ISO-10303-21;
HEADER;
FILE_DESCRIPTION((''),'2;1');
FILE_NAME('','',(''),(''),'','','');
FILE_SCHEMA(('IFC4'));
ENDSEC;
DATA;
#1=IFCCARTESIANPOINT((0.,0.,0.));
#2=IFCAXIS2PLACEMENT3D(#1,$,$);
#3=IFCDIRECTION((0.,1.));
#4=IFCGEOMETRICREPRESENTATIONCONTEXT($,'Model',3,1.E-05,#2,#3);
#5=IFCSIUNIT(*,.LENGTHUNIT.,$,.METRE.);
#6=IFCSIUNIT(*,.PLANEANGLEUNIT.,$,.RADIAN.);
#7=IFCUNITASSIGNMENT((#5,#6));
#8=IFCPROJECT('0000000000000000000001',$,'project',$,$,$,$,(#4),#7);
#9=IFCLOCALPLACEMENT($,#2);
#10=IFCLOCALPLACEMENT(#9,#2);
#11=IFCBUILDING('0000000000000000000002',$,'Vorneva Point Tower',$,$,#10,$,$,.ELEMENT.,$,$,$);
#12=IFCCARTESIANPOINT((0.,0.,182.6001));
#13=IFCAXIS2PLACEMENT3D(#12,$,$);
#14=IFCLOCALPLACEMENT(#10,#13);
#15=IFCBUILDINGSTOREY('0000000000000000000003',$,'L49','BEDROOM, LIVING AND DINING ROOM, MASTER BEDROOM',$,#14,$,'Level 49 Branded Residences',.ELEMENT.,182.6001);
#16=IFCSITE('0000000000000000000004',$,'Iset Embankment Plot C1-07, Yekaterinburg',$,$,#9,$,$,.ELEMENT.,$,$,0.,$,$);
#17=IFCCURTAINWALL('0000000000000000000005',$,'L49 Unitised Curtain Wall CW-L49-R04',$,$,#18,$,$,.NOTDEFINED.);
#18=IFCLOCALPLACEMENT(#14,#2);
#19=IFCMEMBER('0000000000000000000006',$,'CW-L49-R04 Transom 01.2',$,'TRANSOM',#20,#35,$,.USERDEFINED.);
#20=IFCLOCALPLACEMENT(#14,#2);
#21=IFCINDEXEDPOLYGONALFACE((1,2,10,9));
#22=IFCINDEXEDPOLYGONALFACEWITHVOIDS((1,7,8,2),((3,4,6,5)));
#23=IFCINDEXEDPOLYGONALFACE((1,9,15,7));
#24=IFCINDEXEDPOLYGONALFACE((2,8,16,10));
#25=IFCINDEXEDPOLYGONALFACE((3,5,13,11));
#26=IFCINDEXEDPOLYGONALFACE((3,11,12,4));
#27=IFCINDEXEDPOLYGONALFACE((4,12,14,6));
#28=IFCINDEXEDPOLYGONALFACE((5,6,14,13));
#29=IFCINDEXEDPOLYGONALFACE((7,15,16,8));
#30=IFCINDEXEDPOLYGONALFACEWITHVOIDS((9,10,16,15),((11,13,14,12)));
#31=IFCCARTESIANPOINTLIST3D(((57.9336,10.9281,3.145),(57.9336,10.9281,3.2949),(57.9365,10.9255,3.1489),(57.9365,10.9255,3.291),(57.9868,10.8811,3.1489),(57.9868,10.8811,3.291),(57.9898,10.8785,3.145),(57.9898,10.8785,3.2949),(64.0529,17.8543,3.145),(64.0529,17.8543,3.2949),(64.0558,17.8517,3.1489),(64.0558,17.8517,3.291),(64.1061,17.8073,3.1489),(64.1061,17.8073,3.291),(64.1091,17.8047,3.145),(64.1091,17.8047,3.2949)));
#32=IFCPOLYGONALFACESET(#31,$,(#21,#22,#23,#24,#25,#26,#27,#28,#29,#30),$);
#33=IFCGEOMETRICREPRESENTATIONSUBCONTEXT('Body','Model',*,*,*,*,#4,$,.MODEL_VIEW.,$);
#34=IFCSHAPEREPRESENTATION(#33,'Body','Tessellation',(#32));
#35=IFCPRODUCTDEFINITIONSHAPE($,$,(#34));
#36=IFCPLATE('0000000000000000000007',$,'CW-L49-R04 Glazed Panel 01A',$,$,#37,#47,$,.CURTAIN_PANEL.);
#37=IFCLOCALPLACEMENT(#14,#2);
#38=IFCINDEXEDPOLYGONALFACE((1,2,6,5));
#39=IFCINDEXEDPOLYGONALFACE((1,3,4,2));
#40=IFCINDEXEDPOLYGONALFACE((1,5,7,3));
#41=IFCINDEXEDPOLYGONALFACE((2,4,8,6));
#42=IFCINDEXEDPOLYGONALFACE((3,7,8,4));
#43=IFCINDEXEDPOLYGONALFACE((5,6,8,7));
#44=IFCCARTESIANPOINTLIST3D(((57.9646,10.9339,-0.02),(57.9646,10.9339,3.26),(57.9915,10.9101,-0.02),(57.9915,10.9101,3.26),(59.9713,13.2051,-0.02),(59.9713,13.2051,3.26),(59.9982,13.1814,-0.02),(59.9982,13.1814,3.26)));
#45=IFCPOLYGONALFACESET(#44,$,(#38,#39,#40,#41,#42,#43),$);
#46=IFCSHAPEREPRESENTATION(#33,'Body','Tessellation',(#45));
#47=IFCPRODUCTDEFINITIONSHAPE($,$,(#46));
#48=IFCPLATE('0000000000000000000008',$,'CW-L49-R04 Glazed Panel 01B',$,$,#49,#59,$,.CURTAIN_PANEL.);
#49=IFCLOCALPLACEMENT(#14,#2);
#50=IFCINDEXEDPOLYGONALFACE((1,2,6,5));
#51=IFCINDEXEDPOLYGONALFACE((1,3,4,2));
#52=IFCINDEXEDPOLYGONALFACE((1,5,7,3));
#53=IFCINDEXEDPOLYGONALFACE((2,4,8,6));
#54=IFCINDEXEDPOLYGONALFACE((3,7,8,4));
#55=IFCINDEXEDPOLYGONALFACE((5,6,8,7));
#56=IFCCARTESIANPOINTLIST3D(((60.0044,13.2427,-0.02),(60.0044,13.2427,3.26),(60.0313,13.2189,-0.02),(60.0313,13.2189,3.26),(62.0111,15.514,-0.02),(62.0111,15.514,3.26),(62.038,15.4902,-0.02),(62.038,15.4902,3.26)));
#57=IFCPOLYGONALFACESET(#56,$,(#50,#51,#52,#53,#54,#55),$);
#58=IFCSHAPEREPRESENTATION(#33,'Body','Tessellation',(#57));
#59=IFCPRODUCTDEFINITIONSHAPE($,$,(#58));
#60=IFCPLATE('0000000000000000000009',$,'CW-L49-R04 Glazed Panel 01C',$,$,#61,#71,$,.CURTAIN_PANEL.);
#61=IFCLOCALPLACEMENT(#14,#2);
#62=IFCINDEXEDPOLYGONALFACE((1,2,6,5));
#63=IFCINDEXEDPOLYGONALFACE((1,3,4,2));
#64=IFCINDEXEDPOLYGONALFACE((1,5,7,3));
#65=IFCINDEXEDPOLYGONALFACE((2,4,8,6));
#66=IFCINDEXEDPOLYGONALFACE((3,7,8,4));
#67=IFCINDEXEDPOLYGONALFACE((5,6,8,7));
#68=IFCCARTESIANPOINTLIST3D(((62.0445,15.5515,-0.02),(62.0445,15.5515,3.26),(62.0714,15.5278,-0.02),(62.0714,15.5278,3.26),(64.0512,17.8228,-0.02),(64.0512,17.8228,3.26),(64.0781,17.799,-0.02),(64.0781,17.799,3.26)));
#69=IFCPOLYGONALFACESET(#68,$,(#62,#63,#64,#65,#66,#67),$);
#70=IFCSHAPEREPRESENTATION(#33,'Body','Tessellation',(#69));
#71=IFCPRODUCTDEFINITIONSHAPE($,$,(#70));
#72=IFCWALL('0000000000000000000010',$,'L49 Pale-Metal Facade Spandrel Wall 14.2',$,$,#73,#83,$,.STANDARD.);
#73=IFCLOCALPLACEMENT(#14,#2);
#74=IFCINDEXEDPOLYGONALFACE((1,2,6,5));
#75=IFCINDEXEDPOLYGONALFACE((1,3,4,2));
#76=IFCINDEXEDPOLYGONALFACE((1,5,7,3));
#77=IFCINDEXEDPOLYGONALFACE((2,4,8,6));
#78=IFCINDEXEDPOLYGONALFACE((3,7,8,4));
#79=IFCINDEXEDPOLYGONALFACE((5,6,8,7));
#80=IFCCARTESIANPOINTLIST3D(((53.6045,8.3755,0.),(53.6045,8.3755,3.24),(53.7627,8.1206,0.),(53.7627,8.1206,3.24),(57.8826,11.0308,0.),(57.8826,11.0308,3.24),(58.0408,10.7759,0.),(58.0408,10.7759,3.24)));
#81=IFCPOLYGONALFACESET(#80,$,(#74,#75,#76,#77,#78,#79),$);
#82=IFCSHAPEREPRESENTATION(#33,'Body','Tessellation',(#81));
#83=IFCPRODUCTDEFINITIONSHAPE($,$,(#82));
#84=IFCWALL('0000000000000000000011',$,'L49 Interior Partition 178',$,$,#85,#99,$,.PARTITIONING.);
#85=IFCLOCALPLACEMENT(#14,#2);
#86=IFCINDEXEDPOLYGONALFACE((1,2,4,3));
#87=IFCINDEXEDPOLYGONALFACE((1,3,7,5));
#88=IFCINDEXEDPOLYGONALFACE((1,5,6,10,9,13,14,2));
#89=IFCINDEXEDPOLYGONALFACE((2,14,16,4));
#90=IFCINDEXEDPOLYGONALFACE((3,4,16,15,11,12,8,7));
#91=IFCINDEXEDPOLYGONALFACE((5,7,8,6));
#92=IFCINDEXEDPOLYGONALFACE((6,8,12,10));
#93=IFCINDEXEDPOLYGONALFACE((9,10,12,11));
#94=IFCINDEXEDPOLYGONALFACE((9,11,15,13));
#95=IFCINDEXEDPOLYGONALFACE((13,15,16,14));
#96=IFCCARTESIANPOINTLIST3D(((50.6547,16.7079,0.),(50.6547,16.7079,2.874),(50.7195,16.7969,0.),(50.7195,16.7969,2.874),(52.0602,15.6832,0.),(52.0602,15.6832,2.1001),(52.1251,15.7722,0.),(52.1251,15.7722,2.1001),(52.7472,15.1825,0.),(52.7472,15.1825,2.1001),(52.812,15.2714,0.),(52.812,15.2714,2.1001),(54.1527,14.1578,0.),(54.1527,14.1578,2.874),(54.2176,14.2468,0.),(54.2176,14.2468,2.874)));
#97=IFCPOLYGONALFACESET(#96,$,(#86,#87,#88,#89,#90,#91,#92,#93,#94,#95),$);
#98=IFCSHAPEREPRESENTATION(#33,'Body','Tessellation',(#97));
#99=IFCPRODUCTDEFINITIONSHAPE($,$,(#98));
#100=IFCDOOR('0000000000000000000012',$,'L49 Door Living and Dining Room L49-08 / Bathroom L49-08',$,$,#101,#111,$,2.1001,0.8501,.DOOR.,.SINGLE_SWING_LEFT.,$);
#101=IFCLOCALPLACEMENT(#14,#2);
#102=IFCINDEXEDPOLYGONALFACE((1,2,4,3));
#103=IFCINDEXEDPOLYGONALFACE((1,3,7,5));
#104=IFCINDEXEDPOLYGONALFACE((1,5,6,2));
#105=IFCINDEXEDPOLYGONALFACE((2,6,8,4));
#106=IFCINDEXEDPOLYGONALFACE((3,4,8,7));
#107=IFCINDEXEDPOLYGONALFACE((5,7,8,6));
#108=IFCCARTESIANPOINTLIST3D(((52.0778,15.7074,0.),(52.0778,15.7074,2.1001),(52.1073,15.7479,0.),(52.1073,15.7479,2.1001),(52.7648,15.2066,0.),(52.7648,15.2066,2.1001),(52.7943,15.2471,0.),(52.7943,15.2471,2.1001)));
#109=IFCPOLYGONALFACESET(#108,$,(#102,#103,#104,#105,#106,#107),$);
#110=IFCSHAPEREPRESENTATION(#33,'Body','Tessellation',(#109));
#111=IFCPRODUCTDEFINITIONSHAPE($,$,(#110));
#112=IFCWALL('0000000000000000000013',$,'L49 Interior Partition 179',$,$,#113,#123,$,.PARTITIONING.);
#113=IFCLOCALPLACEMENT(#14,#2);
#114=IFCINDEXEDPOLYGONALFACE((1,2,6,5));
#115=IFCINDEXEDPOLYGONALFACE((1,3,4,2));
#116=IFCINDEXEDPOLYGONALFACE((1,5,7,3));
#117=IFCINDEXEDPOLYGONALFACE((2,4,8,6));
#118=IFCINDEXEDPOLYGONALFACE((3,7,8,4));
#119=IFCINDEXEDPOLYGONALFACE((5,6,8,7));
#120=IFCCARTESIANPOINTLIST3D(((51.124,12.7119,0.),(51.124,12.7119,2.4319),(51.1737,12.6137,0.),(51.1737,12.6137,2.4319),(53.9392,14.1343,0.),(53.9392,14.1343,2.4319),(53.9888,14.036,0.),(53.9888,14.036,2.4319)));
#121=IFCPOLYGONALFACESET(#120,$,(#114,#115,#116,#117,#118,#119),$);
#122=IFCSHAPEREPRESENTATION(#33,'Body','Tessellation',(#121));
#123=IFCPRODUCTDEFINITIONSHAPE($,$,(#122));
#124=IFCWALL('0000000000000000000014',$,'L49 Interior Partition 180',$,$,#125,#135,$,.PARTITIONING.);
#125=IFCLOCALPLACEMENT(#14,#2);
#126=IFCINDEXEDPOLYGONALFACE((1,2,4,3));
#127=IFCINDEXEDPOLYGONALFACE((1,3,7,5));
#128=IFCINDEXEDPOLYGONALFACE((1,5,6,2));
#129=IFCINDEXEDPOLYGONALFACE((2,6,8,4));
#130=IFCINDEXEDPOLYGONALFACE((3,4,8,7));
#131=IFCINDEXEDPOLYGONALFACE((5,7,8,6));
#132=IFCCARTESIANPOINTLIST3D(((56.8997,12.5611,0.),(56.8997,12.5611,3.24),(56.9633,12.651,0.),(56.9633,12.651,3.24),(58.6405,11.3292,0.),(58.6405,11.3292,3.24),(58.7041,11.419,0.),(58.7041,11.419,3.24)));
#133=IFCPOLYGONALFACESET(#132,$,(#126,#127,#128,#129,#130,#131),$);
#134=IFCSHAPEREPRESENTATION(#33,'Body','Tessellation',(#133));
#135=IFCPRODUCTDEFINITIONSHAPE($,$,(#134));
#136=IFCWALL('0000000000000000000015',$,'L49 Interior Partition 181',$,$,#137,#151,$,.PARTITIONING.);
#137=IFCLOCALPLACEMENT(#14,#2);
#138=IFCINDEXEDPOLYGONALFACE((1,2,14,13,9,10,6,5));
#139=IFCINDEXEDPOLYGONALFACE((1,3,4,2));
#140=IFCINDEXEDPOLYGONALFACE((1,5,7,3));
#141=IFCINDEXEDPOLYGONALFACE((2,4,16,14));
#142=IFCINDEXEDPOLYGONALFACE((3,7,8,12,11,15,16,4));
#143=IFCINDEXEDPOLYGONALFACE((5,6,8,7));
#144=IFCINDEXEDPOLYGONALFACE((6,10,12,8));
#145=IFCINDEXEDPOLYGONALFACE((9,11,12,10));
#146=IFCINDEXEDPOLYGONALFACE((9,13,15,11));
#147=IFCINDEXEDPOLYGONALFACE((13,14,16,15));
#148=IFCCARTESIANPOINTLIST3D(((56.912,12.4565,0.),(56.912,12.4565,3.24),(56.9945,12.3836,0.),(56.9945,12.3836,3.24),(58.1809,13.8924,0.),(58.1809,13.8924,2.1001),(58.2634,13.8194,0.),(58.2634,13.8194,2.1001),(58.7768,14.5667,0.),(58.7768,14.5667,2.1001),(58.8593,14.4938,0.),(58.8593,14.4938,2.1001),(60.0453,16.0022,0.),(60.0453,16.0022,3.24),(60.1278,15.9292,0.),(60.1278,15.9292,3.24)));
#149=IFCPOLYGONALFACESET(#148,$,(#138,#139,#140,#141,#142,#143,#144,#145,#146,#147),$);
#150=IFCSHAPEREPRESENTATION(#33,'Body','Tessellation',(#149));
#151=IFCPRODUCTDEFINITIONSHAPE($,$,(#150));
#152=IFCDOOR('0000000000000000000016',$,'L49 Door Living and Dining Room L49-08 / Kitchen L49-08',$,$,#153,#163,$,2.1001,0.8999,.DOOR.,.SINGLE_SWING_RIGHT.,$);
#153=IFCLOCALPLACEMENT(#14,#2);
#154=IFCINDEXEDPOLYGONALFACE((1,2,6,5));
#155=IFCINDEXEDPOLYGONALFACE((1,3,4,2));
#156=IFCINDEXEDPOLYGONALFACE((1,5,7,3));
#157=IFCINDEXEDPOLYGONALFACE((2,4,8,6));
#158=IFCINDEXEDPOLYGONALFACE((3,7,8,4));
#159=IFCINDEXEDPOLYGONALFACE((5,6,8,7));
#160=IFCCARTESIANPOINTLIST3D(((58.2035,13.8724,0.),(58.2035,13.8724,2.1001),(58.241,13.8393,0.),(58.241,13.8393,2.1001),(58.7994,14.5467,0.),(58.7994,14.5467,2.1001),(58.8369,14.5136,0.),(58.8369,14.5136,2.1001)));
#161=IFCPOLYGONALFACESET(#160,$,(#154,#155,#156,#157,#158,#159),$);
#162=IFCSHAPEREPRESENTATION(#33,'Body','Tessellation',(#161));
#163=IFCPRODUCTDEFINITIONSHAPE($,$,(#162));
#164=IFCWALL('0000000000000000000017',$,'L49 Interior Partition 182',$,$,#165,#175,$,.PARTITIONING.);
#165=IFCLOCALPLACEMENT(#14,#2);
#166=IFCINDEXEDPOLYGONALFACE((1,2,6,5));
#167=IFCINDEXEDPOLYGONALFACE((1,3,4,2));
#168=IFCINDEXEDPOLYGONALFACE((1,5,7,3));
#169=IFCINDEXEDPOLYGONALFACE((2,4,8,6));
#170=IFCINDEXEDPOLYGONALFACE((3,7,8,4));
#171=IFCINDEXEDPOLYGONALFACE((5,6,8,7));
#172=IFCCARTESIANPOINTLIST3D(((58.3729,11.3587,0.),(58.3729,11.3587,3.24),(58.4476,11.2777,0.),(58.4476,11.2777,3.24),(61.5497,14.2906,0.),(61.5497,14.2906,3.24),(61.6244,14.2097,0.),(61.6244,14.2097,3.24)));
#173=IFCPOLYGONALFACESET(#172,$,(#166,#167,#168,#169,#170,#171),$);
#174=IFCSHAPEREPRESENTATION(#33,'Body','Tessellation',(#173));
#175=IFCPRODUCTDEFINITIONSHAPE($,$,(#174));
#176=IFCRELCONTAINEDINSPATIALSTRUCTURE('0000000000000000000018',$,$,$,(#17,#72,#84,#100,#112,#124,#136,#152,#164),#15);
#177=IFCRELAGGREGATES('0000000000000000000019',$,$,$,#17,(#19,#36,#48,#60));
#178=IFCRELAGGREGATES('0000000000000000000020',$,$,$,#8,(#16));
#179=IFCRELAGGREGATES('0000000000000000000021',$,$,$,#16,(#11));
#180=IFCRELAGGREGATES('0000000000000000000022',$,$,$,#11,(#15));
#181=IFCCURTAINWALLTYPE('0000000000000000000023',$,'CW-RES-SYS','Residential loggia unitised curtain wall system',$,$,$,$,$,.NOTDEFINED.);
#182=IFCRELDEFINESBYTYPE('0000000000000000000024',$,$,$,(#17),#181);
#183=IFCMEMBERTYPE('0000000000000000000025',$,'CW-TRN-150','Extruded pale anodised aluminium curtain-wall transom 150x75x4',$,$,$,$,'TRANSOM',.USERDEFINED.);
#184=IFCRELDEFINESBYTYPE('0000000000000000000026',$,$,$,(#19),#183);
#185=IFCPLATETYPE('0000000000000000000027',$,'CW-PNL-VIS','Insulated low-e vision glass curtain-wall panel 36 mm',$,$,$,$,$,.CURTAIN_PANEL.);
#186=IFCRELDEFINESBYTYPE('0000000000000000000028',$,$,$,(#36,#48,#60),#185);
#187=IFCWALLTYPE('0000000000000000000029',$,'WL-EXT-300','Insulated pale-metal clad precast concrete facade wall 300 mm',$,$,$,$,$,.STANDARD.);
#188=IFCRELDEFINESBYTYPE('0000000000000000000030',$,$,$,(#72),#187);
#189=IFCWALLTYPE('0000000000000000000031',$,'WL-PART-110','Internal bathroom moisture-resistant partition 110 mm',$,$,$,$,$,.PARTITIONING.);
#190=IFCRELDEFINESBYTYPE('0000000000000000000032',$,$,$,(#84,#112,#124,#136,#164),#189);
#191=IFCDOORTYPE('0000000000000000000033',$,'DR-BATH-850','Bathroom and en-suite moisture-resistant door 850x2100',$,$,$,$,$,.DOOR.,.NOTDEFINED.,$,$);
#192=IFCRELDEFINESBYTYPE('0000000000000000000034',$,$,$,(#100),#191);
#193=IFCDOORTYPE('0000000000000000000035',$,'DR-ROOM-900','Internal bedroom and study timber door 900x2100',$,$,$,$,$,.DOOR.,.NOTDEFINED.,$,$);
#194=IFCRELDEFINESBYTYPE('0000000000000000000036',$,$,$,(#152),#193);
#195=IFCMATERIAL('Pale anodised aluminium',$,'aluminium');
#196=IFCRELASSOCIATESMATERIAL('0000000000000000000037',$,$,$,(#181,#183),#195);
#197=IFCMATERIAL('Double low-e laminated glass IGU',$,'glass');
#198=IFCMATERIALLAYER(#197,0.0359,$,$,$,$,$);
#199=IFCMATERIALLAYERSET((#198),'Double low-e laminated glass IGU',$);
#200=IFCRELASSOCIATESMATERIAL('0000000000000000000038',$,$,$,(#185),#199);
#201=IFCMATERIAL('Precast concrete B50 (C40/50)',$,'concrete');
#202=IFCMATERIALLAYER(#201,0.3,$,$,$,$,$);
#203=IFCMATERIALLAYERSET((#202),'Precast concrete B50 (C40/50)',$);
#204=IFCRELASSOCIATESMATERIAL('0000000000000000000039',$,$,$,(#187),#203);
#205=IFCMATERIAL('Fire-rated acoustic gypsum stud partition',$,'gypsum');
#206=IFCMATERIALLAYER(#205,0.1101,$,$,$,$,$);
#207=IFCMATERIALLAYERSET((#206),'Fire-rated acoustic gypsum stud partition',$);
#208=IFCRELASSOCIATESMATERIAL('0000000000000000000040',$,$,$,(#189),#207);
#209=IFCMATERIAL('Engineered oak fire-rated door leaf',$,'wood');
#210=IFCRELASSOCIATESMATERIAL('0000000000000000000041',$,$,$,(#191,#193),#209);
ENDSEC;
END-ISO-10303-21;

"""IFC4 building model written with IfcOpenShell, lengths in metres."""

from ifc_helpers import new_model, si_unit, direction, frame, frame_2d, origin, origin_2d, place, context, subcontext, project, spatial, rectangle, hollow_rectangle, extrude, material, layer, layer_set, material_profile, profile_set, type_object, element, fill, aggregate, save


model = new_model("IFC4")

# Units and contexts
model_context = context("Model", 3, precision=1e-05, world=origin(), true_north=direction((0.0, 1.0)))
body_context = subcontext(model_context, "Body", "Model", "MODEL_VIEW")
ifc_project = project(units=[si_unit("LENGTHUNIT", "METRE"), si_unit("PLANEANGLEUNIT", "RADIAN")], contexts=[model_context])

# Site, building, storey
site_placement = place(None, origin())
site = spatial("IfcSite", under=ifc_project, at=site_placement, Name="Iset Embankment Plot C1-07, Yekaterinburg", CompositionType="ELEMENT", RefElevation=0.0)
building_placement = place(site_placement, origin())
building = spatial("IfcBuilding", under=site, at=building_placement, Name="Vorneva Point Tower", CompositionType="ELEMENT")
storey_placement = place(building_placement, frame((0.0, 0.0, 182.6001)))
storey = spatial("IfcBuildingStorey", under=building, at=storey_placement, Name="L49", Description="BEDROOM, LIVING AND DINING ROOM, MASTER BEDROOM", LongName="Level 49 Branded Residences", CompositionType="ELEMENT", Elevation=182.6001)

# Shared definitions
ifc_material_1 = material(Name="Pale anodised aluminium", Category="aluminium")
curtain_wall_type = type_object("IfcCurtainWallType", Name="CW-RES-SYS", Description="Residential loggia unitised curtain wall system", PredefinedType="NOTDEFINED", material=ifc_material_1)

# Curtain wall, member, plates
curtain_wall_1_placement = place(storey_placement, origin())
curtain_wall_1 = element("IfcCurtainWall", 1, at=curtain_wall_1_placement, inside=storey, type_object=curtain_wall_type, Name="L49 Unitised Curtain Wall CW-L49-R04", PredefinedType="NOTDEFINED")
ifc_material_profile_1 = material_profile(ifc_material_1, hollow_rectangle(XDim=0.075, YDim=0.1499, WallThickness=0.0039, at=origin_2d()), Name="AL-TRN 150x75x4")
ifc_profile_set_1 = profile_set([ifc_material_profile_1], Name="Pale anodised aluminium")
member_type_1 = type_object("IfcMemberType", Name="CW-TRN-150", Description="Extruded pale anodised aluminium curtain-wall transom 150x75x4", ElementType="TRANSOM", PredefinedType="USERDEFINED", material=ifc_profile_set_1)
member_1_placement = place(storey_placement, frame((57.9617, 10.9033, 3.22), z_axis=(0.662106, 0.74941, 0.0), x_axis=(-0.74941, 0.662106, 0.0)))
member_1 = element("IfcMember", 2, at=member_1_placement, type_object=member_type_1, Name="CW-L49-R04 Transom 01.2", ObjectType="TRANSOM", PredefinedType="USERDEFINED", context=body_context, shape_type="SweptSolid", body=[
    extrude(hollow_rectangle(XDim=0.075, YDim=0.1499, WallThickness=0.0039, at=origin_2d()), origin(), (0.0, 0.0, 1.0), 9.2422),
])
ifc_material_2 = material(Name="Double low-e laminated glass IGU", Category="glass")
ifc_layer_1 = layer(ifc_material_2, 0.0359)
ifc_layer_set_1 = layer_set([ifc_layer_1], Name="Double low-e laminated glass IGU")
plate_type = type_object("IfcPlateType", Name="CW-PNL-VIS", Description="Insulated low-e vision glass curtain-wall panel 36 mm", PredefinedType="CURTAIN_PANEL", material=ifc_layer_set_1)
plate_1_placement = place(storey_placement, frame((58.9814, 12.0576, -0.02), z_axis=(0.0, 0.0, 1.0), x_axis=(0.66211, 0.749407, 0.0)))
plate_1 = element("IfcPlate", 3, at=plate_1_placement, type_object=plate_type, Name="CW-L49-R04 Glazed Panel 01A", PredefinedType="CURTAIN_PANEL", context=body_context, shape_type="SweptSolid", body=[
    extrude(rectangle(XDim=3.0308, YDim=0.0359, at=origin_2d()), origin(), (0.0, 0.0, 1.0), 3.28),
])
plate_2_placement = place(storey_placement, frame((61.0212, 14.3665, -0.02), z_axis=(0.0, 0.0, 1.0), x_axis=(0.66211, 0.749407, 0.0)))
plate_2 = element("IfcPlate", 4, at=plate_2_placement, type_object=plate_type, Name="CW-L49-R04 Glazed Panel 01B", PredefinedType="CURTAIN_PANEL", context=body_context, shape_type="SweptSolid", body=[
    extrude(rectangle(XDim=3.0308, YDim=0.0359, at=origin_2d()), origin(), (0.0, 0.0, 1.0), 3.28),
])
plate_3_placement = place(storey_placement, frame((63.0613, 16.6753, -0.02), z_axis=(0.0, 0.0, 1.0), x_axis=(0.66211, 0.749407, 0.0)))
plate_3 = element("IfcPlate", 5, at=plate_3_placement, type_object=plate_type, Name="CW-L49-R04 Glazed Panel 01C", PredefinedType="CURTAIN_PANEL", context=body_context, shape_type="SweptSolid", body=[
    extrude(rectangle(XDim=3.0308, YDim=0.0359, at=origin_2d()), origin(), (0.0, 0.0, 1.0), 3.28),
])
aggregate(curtain_wall_1, [member_1, plate_1, plate_2, plate_3])

# Wall
ifc_material_3 = material(Name="Precast concrete B50 (C40/50)", Category="concrete")
ifc_layer_2 = layer(ifc_material_3, 0.3)
ifc_layer_set_2 = layer_set([ifc_layer_2], Name="Precast concrete B50 (C40/50)")
wall_type_1 = type_object("IfcWallType", Name="WL-EXT-300", Description="Insulated pale-metal clad precast concrete facade wall 300 mm", PredefinedType="STANDARD", material=ifc_layer_set_2)
wall_1_placement = place(storey_placement, frame((53.6836, 8.248, 0.0), z_axis=(0.0, 0.0, 1.0), x_axis=(0.849648, 0.527351, 0.0)))
element("IfcWall", 6, at=wall_1_placement, inside=storey, type_object=wall_type_1, Name="L49 Pale-Metal Facade Spandrel Wall 14.2", PredefinedType="STANDARD", context=body_context, shape_type="SweptSolid", body=[
    extrude(rectangle(XDim=5.0352, YDim=0.3, at=frame_2d((2.5176, 0.0))), origin(), (0.0, 0.0, 1.0), 3.24),
])

# Wall, opening, door
ifc_material_4 = material(Name="Fire-rated acoustic gypsum stud partition", Category="gypsum")
ifc_layer_3 = layer(ifc_material_4, 0.1101)
ifc_layer_set_3 = layer_set([ifc_layer_3], Name="Fire-rated acoustic gypsum stud partition")
wall_type_2 = type_object("IfcWallType", Name="WL-PART-110", Description="Internal bathroom moisture-resistant partition 110 mm", PredefinedType="PARTITIONING", material=ifc_layer_set_3)
wall_2_placement = place(storey_placement, frame((50.687, 16.7524, 0.0), z_axis=(0.0, 0.0, 1.0), x_axis=(0.808075, -0.58908, 0.0)))
wall_2 = element("IfcWall", 7, at=wall_2_placement, inside=storey, type_object=wall_type_2, Name="L49 Interior Partition 178", PredefinedType="PARTITIONING", context=body_context, shape_type="SweptSolid", body=[
    extrude(rectangle(XDim=4.3289, YDim=0.1101, at=frame_2d((2.1646, 0.0))), origin(), (0.0, 0.0, 1.0), 2.874),
])
opening_1_placement = place(wall_2_placement, frame((1.7395, 0.0, 0.0)))
opening_1 = element("IfcOpeningElement", 8, at=opening_1_placement, cuts=wall_2, PredefinedType="OPENING", context=body_context, shape_type="SweptSolid", body=[
    extrude(rectangle(XDim=0.8501, YDim=2.1001, at=frame_2d((0.425, 1.05))), frame((0.0, 0.0698, 0.0), z_axis=(0.0, -1.0, 0.0), x_axis=(1.0, 0.0, 0.0)), (0.0, 0.0, 1.0), 0.1399),
])
ifc_material_5 = material(Name="Engineered oak fire-rated door leaf", Category="wood")
door_type_1 = type_object("IfcDoorType", Name="DR-BATH-850", Description="Bathroom and en-suite moisture-resistant door 850x2100", OperationType="NOTDEFINED", PredefinedType="DOOR", material=ifc_material_5)
door_1_placement = place(opening_1_placement, origin())
door_1 = element("IfcDoor", 9, at=door_1_placement, inside=storey, type_object=door_type_1, Name="L49 Door Living and Dining Room L49-08 / Bathroom L49-08", OperationType="SINGLE_SWING_LEFT", OverallHeight=2.1001, OverallWidth=0.8501, PredefinedType="DOOR", context=body_context, shape_type="SweptSolid", body=[
    extrude(rectangle(XDim=0.8501, YDim=2.1001, at=frame_2d((0.425, 1.05))), frame((0.0, 0.0249, 0.0), z_axis=(0.0, -1.0, 0.0), x_axis=(1.0, 0.0, 0.0)), (0.0, 0.0, 1.0), 0.05),
])
fill(opening_1, door_1)

# Walls
wall_3_placement = place(storey_placement, frame((53.9641, 14.0852, 0.0), z_axis=(0.0, 0.0, 1.0), x_axis=(-0.892546, -0.450956, 0.0)))
element("IfcWall", 10, at=wall_3_placement, inside=storey, type_object=wall_type_2, Name="L49 Interior Partition 179", PredefinedType="PARTITIONING", context=body_context, shape_type="SweptSolid", body=[
    extrude(rectangle(XDim=3.1541, YDim=0.1101, at=frame_2d((1.5771, 0.0))), origin(), (0.0, 0.0, 1.0), 2.4319),
])
wall_4_placement = place(storey_placement, frame((58.6724, 11.374, 0.0), z_axis=(0.0, 0.0, 1.0), x_axis=(-0.816263, 0.577681, 0.0)))
element("IfcWall", 11, at=wall_4_placement, inside=storey, type_object=wall_type_2, Name="L49 Interior Partition 180", PredefinedType="PARTITIONING", context=body_context, shape_type="SweptSolid", body=[
    extrude(rectangle(XDim=2.1326, YDim=0.1101, at=frame_2d((1.0664, 0.0))), origin(), (0.0, 0.0, 1.0), 3.24),
])

# Wall, opening, door
wall_5_placement = place(storey_placement, frame((56.9534, 12.4202, 0.0), z_axis=(0.0, 0.0, 1.0), x_axis=(0.66219, 0.749336, 0.0)))
wall_5 = element("IfcWall", 12, at=wall_5_placement, inside=storey, type_object=wall_type_2, Name="L49 Interior Partition 181", PredefinedType="PARTITIONING", context=body_context, shape_type="SweptSolid", body=[
    extrude(rectangle(XDim=4.7317, YDim=0.1101, at=frame_2d((2.3657, 0.0))), origin(), (0.0, 0.0, 1.0), 3.24),
])
opening_2_placement = place(wall_5_placement, frame((1.916, 0.0, 0.0)))
opening_2 = element("IfcOpeningElement", 13, at=opening_2_placement, cuts=wall_5, PredefinedType="OPENING", context=body_context, shape_type="SweptSolid", body=[
    extrude(rectangle(XDim=0.8999, YDim=2.1001, at=frame_2d((0.45, 1.05))), frame((0.0, 0.0698, 0.0), z_axis=(0.0, -1.0, 0.0), x_axis=(1.0, 0.0, 0.0)), (0.0, 0.0, 1.0), 0.1399),
])
door_type_2 = type_object("IfcDoorType", Name="DR-ROOM-900", Description="Internal bedroom and study timber door 900x2100", OperationType="NOTDEFINED", PredefinedType="DOOR", material=ifc_material_5)
door_2_placement = place(opening_2_placement, origin())
door_2 = element("IfcDoor", 14, at=door_2_placement, inside=storey, type_object=door_type_2, Name="L49 Door Living and Dining Room L49-08 / Kitchen L49-08", OperationType="SINGLE_SWING_RIGHT", OverallHeight=2.1001, OverallWidth=0.8999, PredefinedType="DOOR", context=body_context, shape_type="SweptSolid", body=[
    extrude(rectangle(XDim=0.8999, YDim=2.1001, at=frame_2d((0.45, 1.05))), frame((0.0, 0.0249, 0.0), z_axis=(0.0, -1.0, 0.0), x_axis=(1.0, 0.0, 0.0)), (0.0, 0.0, 1.0), 0.05),
])
fill(opening_2, door_2)

# Wall
wall_6_placement = place(storey_placement, frame((58.4102, 11.3181, 0.0), z_axis=(0.0, 0.0, 1.0), x_axis=(0.734862, 0.678217, 0.0)))
element("IfcWall", 15, at=wall_6_placement, inside=storey, type_object=wall_type_2, Name="L49 Interior Partition 182", PredefinedType="PARTITIONING", context=body_context, shape_type="SweptSolid", body=[
    extrude(rectangle(XDim=4.323, YDim=0.1101, at=frame_2d((2.1616, 0.0))), origin(), (0.0, 0.0, 1.0), 3.24),
])

save(model, "model.ifc")
